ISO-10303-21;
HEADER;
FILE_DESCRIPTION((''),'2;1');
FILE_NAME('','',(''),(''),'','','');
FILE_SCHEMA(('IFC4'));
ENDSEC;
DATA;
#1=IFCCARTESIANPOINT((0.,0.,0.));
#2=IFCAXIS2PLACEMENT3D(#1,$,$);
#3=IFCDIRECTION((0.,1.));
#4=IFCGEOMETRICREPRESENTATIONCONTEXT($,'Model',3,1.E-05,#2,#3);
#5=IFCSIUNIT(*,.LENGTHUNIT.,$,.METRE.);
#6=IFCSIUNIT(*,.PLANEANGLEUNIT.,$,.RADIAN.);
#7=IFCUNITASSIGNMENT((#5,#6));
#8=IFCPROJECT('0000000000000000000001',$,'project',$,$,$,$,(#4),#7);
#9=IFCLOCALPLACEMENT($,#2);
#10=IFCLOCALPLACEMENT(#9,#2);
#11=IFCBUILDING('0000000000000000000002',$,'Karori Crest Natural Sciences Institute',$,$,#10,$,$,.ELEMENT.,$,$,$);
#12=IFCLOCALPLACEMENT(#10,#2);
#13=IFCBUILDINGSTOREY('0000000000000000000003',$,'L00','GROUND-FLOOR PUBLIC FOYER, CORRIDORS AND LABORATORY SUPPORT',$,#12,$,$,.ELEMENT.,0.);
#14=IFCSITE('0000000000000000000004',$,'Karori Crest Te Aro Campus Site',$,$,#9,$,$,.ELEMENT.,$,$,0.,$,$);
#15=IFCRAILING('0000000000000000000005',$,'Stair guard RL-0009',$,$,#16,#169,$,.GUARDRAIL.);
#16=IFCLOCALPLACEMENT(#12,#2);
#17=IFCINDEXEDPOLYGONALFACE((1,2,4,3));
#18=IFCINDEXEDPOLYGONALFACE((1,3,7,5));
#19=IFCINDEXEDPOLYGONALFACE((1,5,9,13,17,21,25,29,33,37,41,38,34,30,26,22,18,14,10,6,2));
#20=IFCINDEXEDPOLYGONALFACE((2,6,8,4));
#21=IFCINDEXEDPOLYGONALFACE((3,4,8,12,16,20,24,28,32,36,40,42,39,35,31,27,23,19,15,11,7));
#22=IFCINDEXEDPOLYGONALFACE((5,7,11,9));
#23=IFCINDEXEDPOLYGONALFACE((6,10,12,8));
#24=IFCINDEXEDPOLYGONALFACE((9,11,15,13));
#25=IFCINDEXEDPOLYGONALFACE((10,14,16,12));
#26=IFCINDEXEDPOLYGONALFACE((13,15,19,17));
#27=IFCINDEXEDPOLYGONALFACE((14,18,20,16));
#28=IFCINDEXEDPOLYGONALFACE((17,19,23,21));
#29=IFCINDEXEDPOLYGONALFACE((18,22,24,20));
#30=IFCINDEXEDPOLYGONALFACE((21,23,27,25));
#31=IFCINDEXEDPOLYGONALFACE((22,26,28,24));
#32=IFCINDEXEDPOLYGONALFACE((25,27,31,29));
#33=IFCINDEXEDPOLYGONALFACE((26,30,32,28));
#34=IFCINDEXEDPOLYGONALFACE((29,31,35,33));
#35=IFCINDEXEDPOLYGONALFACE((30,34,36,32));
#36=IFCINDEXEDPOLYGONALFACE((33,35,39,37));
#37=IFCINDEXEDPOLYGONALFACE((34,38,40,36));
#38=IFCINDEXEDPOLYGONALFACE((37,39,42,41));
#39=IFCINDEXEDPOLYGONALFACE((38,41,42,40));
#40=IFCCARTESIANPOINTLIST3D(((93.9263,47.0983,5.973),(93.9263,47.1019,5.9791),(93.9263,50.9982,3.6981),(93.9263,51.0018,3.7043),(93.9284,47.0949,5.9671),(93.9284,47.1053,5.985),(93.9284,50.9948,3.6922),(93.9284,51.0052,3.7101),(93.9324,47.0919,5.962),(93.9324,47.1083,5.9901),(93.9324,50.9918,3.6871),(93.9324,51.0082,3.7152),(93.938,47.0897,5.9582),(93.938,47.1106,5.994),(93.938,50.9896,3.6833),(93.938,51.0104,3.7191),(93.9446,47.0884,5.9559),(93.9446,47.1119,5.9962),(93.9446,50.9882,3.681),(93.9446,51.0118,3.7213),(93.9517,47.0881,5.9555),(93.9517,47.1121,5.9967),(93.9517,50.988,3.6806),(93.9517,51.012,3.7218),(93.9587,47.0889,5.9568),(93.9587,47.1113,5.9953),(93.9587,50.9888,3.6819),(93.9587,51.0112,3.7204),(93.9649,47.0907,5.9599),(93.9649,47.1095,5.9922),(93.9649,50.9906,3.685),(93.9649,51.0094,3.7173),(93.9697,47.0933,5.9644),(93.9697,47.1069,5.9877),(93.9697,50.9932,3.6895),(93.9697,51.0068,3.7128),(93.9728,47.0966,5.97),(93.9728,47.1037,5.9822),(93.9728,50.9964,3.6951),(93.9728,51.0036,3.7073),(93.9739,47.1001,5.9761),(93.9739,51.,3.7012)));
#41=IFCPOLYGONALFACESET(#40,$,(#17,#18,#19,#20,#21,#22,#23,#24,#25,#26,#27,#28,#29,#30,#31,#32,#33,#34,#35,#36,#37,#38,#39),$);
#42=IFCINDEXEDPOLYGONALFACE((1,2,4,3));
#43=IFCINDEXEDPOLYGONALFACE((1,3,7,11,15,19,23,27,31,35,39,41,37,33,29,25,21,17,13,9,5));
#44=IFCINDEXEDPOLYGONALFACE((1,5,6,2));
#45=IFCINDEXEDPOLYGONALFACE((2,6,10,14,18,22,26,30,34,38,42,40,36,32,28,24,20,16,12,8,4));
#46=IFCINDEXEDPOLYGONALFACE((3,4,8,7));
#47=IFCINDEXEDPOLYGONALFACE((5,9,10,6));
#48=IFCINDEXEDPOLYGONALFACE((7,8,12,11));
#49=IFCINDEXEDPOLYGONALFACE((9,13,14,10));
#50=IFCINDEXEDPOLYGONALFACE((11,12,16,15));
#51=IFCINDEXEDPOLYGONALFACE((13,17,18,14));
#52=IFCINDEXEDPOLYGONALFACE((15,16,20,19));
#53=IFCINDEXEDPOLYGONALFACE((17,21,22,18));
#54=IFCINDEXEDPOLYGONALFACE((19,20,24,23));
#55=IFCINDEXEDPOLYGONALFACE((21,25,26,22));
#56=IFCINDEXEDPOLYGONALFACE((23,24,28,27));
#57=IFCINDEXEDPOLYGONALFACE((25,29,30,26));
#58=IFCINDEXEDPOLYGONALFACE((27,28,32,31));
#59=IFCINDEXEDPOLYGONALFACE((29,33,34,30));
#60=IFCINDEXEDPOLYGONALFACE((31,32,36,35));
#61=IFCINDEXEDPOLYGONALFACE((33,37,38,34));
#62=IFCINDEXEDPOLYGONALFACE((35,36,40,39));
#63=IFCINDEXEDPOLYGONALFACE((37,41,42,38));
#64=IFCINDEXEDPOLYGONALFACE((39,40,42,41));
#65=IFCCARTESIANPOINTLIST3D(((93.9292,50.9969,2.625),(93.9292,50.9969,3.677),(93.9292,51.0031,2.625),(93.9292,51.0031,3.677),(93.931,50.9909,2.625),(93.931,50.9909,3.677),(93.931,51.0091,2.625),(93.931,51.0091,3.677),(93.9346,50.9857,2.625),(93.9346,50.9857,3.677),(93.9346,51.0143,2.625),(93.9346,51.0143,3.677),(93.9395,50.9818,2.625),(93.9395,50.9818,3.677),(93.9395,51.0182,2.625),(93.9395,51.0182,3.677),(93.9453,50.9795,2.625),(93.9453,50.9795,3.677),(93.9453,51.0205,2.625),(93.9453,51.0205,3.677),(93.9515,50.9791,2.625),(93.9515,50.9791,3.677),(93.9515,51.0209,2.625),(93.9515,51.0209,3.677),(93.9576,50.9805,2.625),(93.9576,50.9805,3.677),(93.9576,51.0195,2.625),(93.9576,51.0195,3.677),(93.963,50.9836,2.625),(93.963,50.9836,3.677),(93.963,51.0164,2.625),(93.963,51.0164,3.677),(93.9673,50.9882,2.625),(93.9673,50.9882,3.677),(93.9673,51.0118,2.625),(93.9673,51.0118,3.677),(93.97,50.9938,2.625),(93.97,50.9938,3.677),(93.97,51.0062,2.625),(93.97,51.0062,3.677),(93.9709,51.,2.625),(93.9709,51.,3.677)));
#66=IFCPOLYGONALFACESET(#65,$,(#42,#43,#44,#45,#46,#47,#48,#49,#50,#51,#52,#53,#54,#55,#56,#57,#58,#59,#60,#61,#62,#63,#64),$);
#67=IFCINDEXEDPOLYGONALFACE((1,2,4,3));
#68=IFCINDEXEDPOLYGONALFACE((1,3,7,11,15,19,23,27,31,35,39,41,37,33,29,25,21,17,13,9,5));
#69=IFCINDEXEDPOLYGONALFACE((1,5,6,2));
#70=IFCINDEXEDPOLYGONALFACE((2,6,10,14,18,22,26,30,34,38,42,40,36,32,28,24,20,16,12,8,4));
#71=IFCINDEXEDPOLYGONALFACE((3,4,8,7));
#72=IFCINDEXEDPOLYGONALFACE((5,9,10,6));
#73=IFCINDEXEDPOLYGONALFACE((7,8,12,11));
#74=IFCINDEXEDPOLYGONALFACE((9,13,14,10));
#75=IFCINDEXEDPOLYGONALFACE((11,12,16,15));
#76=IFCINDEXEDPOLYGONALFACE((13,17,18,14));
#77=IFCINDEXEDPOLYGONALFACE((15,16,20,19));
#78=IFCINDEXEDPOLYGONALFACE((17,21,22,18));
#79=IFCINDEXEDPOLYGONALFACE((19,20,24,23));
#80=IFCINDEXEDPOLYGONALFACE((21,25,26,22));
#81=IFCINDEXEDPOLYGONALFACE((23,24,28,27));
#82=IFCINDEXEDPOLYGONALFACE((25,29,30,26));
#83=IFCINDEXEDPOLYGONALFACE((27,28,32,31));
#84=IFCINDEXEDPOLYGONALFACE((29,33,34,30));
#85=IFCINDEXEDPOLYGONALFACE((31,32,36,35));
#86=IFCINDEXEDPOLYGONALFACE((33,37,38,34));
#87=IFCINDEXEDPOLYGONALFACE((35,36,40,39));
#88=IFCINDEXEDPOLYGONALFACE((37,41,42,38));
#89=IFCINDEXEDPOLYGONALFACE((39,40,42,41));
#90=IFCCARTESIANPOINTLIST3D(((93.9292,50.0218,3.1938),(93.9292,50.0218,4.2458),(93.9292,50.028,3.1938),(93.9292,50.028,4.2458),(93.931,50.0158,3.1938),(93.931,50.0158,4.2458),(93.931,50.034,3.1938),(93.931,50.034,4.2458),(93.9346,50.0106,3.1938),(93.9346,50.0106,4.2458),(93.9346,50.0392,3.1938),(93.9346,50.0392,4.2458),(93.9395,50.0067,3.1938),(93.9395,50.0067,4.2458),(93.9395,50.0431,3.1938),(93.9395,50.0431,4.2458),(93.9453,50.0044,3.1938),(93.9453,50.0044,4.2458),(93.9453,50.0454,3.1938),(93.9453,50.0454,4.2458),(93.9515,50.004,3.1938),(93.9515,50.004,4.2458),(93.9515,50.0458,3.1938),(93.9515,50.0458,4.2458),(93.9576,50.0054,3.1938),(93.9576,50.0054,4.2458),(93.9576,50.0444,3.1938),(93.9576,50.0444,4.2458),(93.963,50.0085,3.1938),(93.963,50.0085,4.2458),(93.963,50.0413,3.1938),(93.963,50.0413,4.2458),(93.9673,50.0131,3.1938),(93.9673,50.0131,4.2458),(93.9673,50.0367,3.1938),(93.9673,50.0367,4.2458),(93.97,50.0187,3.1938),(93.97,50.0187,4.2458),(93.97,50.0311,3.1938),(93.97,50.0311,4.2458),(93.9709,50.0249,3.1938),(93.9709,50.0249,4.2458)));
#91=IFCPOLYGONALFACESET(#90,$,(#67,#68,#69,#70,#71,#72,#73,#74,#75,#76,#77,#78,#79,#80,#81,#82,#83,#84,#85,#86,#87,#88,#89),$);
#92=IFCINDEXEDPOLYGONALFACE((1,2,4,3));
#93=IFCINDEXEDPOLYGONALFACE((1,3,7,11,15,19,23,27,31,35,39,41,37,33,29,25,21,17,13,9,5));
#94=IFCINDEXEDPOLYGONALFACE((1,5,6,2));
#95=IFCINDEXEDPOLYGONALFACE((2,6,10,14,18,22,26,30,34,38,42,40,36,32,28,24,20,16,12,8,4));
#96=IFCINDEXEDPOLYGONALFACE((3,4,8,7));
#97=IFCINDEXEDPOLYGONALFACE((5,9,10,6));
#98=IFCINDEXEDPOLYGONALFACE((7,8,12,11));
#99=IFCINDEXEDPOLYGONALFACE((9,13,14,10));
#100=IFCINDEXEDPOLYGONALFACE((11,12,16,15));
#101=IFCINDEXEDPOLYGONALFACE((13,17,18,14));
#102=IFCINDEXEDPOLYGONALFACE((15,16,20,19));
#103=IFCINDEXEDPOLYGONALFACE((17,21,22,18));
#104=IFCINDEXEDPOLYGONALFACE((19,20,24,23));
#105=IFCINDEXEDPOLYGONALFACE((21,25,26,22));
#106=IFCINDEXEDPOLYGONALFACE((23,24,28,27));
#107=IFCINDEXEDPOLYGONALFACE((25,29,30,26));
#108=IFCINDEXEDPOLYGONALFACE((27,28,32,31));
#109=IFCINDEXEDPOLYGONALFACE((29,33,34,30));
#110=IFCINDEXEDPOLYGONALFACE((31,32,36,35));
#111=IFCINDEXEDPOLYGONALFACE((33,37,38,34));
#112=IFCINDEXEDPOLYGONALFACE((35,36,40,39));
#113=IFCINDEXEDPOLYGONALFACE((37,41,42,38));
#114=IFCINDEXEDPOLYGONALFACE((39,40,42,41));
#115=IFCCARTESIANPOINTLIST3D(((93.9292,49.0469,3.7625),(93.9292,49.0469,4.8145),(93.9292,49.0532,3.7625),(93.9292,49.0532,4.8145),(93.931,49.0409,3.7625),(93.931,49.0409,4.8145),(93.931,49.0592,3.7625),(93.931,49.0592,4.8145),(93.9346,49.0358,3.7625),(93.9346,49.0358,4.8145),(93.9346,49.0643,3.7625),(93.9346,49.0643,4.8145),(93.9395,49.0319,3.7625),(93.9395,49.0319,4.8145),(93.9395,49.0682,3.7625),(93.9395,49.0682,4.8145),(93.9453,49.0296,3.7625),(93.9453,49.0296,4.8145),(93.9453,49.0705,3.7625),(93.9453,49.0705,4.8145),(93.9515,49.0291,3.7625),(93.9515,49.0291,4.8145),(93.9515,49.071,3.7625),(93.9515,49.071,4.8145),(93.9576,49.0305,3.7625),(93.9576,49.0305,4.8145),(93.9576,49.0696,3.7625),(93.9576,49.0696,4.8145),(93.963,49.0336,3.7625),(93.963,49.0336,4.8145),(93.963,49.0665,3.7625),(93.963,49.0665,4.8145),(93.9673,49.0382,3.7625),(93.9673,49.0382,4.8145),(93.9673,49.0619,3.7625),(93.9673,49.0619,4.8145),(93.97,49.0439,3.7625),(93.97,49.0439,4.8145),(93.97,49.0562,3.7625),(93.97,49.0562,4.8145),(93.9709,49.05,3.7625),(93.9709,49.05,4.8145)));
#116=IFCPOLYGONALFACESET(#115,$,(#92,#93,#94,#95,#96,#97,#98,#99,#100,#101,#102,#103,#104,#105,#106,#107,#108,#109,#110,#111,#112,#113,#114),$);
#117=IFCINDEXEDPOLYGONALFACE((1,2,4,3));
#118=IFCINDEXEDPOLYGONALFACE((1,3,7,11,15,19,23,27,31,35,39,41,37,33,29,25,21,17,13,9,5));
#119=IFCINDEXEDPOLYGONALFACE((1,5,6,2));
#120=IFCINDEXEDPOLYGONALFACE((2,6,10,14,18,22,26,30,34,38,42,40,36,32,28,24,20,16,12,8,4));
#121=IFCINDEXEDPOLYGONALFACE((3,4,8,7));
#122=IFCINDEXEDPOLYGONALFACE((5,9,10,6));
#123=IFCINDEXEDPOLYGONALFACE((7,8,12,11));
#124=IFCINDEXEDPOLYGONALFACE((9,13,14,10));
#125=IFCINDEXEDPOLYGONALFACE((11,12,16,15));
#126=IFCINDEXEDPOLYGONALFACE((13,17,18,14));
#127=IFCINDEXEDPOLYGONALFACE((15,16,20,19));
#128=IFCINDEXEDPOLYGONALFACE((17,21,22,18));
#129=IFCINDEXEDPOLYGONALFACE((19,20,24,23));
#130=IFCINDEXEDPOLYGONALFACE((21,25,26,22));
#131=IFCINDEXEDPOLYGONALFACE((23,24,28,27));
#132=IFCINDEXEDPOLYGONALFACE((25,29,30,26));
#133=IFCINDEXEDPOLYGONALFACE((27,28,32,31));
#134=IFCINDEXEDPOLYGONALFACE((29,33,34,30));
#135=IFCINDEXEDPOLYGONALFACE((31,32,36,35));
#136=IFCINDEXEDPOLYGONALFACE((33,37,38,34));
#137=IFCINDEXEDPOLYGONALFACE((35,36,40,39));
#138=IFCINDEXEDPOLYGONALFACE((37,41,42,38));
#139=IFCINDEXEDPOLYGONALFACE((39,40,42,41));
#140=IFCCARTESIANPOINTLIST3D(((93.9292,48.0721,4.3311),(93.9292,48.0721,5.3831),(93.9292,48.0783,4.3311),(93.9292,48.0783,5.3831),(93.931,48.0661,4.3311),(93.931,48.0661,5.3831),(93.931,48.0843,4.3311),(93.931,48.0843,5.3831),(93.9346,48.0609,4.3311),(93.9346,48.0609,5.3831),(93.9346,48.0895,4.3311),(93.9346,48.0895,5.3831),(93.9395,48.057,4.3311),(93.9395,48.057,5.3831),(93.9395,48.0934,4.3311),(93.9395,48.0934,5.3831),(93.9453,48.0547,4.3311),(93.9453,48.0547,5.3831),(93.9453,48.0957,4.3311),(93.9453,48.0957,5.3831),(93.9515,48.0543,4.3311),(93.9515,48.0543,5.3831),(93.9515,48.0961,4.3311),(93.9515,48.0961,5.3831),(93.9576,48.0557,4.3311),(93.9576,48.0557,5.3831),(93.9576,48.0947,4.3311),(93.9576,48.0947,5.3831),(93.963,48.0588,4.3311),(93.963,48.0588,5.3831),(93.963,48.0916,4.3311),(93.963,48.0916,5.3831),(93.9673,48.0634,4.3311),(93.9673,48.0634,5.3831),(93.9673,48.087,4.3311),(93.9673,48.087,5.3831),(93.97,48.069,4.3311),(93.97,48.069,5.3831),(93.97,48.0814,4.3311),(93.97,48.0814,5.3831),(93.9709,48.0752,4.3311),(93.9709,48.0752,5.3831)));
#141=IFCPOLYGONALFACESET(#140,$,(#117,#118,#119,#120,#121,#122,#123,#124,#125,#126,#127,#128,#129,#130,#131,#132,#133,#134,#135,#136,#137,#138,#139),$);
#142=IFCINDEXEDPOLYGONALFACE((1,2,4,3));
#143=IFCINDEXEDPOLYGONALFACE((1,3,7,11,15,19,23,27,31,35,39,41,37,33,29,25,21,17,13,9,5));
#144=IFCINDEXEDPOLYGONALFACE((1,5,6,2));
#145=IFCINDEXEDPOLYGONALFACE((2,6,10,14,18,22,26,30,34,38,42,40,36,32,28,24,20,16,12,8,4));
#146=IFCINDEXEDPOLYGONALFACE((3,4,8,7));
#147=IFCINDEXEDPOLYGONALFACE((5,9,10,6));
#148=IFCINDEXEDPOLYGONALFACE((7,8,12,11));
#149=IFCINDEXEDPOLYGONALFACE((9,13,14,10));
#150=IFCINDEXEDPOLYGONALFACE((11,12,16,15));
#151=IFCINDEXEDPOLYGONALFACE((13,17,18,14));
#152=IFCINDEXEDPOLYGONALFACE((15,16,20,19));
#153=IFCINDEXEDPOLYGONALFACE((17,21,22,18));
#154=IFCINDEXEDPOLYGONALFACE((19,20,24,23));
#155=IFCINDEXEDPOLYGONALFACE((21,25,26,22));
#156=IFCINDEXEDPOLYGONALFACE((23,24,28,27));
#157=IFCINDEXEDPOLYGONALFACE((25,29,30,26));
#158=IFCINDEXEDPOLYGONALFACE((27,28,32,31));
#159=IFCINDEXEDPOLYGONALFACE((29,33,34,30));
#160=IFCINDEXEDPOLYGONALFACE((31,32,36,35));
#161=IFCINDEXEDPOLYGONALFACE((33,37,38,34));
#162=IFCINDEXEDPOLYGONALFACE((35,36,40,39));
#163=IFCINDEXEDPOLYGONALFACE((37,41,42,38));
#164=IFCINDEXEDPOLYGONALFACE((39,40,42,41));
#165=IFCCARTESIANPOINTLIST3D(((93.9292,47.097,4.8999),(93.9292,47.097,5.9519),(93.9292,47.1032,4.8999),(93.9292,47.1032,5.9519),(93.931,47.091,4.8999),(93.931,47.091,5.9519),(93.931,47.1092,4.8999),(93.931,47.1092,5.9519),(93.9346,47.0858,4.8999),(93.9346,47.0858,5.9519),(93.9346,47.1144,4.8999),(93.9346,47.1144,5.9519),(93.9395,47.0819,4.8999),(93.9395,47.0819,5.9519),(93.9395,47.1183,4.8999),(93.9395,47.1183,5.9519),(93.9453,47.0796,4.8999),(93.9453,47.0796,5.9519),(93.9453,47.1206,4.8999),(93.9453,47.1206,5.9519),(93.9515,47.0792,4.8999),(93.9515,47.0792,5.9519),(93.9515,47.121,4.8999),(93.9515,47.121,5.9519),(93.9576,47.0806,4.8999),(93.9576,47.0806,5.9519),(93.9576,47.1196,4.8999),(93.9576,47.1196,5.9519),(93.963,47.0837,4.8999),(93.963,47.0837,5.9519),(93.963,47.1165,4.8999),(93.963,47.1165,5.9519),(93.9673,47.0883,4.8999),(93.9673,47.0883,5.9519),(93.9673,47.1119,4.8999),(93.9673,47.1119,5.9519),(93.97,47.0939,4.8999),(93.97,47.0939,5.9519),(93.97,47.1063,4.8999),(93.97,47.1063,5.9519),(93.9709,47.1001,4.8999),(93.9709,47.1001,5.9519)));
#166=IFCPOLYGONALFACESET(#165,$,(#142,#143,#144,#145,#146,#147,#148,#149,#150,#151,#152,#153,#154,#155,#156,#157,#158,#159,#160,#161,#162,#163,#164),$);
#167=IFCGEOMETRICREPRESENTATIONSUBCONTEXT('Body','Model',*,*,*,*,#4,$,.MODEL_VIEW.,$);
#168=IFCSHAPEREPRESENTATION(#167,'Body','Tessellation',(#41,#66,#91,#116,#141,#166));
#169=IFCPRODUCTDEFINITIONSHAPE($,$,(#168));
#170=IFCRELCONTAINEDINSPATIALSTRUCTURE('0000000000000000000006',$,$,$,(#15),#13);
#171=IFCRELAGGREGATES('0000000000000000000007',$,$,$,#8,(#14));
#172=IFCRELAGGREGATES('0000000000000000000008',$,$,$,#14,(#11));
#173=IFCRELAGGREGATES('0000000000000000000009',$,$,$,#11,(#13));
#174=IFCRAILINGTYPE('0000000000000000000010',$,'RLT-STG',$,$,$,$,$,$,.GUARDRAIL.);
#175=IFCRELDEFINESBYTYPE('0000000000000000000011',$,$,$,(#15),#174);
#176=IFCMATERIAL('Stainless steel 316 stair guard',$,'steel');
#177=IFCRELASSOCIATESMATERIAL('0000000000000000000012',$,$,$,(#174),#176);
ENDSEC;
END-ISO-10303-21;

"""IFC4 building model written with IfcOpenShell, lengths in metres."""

from ifc_helpers import new_model, si_unit, direction, frame, origin, origin_2d, place, context, subcontext, project, spatial, circle, extrude, material, type_object, element, save


model = new_model("IFC4")

# Units and contexts
model_context = context("Model", 3, precision=1e-05, world=origin(), true_north=direction((0.0, 1.0)))
body_context = subcontext(model_context, "Body", "Model", "MODEL_VIEW")
ifc_project = project(units=[si_unit("LENGTHUNIT", "METRE"), si_unit("PLANEANGLEUNIT", "RADIAN")], contexts=[model_context])

# Site, building, storey
site_placement = place(None, origin())
site = spatial("IfcSite", under=ifc_project, at=site_placement, Name="Karori Crest Te Aro Campus Site", CompositionType="ELEMENT", RefElevation=0.0)
building_placement = place(site_placement, origin())
building = spatial("IfcBuilding", under=site, at=building_placement, Name="Karori Crest Natural Sciences Institute", CompositionType="ELEMENT")
storey_placement = place(building_placement, origin())
storey = spatial("IfcBuildingStorey", under=building, at=storey_placement, Name="L00", Description="GROUND-FLOOR PUBLIC FOYER, CORRIDORS AND LABORATORY SUPPORT", CompositionType="ELEMENT", Elevation=0.0)

# Railing
ifc_material_1 = material(Name="Stainless steel 316 stair guard", Category="steel")
railing_type_1 = type_object("IfcRailingType", Name="RLT-STG", PredefinedType="GUARDRAIL", material=ifc_material_1)
railing_1_placement = place(storey_placement, frame((93.95, 51.0, 2.625)))
element("IfcRailing", 1, at=railing_1_placement, inside=storey, type_object=railing_type_1, Name="Stair guard RL-0009", PredefinedType="GUARDRAIL", context=body_context, shape_type="SweptSolid", body=[
    extrude(circle(Radius=0.0239, at=origin_2d()), frame((0.0, 0.0, 1.0762), z_axis=(0.0, -0.863783, 0.503864), x_axis=(1.0, 0.0, 0.0)), (0.0, 0.0, 1.0), 4.5149),
    extrude(circle(Radius=0.021, at=origin_2d()), origin(), (0.0, 0.0, 1.0), 1.052),
    extrude(circle(Radius=0.021, at=origin_2d()), frame((0.0, -0.9751, 0.5688)), (0.0, 0.0, 1.0), 1.052),
    extrude(circle(Radius=0.021, at=origin_2d()), frame((0.0, -1.95, 1.1375)), (0.0, 0.0, 1.0), 1.052),
    extrude(circle(Radius=0.021, at=origin_2d()), frame((0.0, -2.9248, 1.7061)), (0.0, 0.0, 1.0), 1.052),
    extrude(circle(Radius=0.021, at=origin_2d()), frame((0.0, -3.8999, 2.2749)), (0.0, 0.0, 1.0), 1.052),
])

save(model, "model.ifc")
